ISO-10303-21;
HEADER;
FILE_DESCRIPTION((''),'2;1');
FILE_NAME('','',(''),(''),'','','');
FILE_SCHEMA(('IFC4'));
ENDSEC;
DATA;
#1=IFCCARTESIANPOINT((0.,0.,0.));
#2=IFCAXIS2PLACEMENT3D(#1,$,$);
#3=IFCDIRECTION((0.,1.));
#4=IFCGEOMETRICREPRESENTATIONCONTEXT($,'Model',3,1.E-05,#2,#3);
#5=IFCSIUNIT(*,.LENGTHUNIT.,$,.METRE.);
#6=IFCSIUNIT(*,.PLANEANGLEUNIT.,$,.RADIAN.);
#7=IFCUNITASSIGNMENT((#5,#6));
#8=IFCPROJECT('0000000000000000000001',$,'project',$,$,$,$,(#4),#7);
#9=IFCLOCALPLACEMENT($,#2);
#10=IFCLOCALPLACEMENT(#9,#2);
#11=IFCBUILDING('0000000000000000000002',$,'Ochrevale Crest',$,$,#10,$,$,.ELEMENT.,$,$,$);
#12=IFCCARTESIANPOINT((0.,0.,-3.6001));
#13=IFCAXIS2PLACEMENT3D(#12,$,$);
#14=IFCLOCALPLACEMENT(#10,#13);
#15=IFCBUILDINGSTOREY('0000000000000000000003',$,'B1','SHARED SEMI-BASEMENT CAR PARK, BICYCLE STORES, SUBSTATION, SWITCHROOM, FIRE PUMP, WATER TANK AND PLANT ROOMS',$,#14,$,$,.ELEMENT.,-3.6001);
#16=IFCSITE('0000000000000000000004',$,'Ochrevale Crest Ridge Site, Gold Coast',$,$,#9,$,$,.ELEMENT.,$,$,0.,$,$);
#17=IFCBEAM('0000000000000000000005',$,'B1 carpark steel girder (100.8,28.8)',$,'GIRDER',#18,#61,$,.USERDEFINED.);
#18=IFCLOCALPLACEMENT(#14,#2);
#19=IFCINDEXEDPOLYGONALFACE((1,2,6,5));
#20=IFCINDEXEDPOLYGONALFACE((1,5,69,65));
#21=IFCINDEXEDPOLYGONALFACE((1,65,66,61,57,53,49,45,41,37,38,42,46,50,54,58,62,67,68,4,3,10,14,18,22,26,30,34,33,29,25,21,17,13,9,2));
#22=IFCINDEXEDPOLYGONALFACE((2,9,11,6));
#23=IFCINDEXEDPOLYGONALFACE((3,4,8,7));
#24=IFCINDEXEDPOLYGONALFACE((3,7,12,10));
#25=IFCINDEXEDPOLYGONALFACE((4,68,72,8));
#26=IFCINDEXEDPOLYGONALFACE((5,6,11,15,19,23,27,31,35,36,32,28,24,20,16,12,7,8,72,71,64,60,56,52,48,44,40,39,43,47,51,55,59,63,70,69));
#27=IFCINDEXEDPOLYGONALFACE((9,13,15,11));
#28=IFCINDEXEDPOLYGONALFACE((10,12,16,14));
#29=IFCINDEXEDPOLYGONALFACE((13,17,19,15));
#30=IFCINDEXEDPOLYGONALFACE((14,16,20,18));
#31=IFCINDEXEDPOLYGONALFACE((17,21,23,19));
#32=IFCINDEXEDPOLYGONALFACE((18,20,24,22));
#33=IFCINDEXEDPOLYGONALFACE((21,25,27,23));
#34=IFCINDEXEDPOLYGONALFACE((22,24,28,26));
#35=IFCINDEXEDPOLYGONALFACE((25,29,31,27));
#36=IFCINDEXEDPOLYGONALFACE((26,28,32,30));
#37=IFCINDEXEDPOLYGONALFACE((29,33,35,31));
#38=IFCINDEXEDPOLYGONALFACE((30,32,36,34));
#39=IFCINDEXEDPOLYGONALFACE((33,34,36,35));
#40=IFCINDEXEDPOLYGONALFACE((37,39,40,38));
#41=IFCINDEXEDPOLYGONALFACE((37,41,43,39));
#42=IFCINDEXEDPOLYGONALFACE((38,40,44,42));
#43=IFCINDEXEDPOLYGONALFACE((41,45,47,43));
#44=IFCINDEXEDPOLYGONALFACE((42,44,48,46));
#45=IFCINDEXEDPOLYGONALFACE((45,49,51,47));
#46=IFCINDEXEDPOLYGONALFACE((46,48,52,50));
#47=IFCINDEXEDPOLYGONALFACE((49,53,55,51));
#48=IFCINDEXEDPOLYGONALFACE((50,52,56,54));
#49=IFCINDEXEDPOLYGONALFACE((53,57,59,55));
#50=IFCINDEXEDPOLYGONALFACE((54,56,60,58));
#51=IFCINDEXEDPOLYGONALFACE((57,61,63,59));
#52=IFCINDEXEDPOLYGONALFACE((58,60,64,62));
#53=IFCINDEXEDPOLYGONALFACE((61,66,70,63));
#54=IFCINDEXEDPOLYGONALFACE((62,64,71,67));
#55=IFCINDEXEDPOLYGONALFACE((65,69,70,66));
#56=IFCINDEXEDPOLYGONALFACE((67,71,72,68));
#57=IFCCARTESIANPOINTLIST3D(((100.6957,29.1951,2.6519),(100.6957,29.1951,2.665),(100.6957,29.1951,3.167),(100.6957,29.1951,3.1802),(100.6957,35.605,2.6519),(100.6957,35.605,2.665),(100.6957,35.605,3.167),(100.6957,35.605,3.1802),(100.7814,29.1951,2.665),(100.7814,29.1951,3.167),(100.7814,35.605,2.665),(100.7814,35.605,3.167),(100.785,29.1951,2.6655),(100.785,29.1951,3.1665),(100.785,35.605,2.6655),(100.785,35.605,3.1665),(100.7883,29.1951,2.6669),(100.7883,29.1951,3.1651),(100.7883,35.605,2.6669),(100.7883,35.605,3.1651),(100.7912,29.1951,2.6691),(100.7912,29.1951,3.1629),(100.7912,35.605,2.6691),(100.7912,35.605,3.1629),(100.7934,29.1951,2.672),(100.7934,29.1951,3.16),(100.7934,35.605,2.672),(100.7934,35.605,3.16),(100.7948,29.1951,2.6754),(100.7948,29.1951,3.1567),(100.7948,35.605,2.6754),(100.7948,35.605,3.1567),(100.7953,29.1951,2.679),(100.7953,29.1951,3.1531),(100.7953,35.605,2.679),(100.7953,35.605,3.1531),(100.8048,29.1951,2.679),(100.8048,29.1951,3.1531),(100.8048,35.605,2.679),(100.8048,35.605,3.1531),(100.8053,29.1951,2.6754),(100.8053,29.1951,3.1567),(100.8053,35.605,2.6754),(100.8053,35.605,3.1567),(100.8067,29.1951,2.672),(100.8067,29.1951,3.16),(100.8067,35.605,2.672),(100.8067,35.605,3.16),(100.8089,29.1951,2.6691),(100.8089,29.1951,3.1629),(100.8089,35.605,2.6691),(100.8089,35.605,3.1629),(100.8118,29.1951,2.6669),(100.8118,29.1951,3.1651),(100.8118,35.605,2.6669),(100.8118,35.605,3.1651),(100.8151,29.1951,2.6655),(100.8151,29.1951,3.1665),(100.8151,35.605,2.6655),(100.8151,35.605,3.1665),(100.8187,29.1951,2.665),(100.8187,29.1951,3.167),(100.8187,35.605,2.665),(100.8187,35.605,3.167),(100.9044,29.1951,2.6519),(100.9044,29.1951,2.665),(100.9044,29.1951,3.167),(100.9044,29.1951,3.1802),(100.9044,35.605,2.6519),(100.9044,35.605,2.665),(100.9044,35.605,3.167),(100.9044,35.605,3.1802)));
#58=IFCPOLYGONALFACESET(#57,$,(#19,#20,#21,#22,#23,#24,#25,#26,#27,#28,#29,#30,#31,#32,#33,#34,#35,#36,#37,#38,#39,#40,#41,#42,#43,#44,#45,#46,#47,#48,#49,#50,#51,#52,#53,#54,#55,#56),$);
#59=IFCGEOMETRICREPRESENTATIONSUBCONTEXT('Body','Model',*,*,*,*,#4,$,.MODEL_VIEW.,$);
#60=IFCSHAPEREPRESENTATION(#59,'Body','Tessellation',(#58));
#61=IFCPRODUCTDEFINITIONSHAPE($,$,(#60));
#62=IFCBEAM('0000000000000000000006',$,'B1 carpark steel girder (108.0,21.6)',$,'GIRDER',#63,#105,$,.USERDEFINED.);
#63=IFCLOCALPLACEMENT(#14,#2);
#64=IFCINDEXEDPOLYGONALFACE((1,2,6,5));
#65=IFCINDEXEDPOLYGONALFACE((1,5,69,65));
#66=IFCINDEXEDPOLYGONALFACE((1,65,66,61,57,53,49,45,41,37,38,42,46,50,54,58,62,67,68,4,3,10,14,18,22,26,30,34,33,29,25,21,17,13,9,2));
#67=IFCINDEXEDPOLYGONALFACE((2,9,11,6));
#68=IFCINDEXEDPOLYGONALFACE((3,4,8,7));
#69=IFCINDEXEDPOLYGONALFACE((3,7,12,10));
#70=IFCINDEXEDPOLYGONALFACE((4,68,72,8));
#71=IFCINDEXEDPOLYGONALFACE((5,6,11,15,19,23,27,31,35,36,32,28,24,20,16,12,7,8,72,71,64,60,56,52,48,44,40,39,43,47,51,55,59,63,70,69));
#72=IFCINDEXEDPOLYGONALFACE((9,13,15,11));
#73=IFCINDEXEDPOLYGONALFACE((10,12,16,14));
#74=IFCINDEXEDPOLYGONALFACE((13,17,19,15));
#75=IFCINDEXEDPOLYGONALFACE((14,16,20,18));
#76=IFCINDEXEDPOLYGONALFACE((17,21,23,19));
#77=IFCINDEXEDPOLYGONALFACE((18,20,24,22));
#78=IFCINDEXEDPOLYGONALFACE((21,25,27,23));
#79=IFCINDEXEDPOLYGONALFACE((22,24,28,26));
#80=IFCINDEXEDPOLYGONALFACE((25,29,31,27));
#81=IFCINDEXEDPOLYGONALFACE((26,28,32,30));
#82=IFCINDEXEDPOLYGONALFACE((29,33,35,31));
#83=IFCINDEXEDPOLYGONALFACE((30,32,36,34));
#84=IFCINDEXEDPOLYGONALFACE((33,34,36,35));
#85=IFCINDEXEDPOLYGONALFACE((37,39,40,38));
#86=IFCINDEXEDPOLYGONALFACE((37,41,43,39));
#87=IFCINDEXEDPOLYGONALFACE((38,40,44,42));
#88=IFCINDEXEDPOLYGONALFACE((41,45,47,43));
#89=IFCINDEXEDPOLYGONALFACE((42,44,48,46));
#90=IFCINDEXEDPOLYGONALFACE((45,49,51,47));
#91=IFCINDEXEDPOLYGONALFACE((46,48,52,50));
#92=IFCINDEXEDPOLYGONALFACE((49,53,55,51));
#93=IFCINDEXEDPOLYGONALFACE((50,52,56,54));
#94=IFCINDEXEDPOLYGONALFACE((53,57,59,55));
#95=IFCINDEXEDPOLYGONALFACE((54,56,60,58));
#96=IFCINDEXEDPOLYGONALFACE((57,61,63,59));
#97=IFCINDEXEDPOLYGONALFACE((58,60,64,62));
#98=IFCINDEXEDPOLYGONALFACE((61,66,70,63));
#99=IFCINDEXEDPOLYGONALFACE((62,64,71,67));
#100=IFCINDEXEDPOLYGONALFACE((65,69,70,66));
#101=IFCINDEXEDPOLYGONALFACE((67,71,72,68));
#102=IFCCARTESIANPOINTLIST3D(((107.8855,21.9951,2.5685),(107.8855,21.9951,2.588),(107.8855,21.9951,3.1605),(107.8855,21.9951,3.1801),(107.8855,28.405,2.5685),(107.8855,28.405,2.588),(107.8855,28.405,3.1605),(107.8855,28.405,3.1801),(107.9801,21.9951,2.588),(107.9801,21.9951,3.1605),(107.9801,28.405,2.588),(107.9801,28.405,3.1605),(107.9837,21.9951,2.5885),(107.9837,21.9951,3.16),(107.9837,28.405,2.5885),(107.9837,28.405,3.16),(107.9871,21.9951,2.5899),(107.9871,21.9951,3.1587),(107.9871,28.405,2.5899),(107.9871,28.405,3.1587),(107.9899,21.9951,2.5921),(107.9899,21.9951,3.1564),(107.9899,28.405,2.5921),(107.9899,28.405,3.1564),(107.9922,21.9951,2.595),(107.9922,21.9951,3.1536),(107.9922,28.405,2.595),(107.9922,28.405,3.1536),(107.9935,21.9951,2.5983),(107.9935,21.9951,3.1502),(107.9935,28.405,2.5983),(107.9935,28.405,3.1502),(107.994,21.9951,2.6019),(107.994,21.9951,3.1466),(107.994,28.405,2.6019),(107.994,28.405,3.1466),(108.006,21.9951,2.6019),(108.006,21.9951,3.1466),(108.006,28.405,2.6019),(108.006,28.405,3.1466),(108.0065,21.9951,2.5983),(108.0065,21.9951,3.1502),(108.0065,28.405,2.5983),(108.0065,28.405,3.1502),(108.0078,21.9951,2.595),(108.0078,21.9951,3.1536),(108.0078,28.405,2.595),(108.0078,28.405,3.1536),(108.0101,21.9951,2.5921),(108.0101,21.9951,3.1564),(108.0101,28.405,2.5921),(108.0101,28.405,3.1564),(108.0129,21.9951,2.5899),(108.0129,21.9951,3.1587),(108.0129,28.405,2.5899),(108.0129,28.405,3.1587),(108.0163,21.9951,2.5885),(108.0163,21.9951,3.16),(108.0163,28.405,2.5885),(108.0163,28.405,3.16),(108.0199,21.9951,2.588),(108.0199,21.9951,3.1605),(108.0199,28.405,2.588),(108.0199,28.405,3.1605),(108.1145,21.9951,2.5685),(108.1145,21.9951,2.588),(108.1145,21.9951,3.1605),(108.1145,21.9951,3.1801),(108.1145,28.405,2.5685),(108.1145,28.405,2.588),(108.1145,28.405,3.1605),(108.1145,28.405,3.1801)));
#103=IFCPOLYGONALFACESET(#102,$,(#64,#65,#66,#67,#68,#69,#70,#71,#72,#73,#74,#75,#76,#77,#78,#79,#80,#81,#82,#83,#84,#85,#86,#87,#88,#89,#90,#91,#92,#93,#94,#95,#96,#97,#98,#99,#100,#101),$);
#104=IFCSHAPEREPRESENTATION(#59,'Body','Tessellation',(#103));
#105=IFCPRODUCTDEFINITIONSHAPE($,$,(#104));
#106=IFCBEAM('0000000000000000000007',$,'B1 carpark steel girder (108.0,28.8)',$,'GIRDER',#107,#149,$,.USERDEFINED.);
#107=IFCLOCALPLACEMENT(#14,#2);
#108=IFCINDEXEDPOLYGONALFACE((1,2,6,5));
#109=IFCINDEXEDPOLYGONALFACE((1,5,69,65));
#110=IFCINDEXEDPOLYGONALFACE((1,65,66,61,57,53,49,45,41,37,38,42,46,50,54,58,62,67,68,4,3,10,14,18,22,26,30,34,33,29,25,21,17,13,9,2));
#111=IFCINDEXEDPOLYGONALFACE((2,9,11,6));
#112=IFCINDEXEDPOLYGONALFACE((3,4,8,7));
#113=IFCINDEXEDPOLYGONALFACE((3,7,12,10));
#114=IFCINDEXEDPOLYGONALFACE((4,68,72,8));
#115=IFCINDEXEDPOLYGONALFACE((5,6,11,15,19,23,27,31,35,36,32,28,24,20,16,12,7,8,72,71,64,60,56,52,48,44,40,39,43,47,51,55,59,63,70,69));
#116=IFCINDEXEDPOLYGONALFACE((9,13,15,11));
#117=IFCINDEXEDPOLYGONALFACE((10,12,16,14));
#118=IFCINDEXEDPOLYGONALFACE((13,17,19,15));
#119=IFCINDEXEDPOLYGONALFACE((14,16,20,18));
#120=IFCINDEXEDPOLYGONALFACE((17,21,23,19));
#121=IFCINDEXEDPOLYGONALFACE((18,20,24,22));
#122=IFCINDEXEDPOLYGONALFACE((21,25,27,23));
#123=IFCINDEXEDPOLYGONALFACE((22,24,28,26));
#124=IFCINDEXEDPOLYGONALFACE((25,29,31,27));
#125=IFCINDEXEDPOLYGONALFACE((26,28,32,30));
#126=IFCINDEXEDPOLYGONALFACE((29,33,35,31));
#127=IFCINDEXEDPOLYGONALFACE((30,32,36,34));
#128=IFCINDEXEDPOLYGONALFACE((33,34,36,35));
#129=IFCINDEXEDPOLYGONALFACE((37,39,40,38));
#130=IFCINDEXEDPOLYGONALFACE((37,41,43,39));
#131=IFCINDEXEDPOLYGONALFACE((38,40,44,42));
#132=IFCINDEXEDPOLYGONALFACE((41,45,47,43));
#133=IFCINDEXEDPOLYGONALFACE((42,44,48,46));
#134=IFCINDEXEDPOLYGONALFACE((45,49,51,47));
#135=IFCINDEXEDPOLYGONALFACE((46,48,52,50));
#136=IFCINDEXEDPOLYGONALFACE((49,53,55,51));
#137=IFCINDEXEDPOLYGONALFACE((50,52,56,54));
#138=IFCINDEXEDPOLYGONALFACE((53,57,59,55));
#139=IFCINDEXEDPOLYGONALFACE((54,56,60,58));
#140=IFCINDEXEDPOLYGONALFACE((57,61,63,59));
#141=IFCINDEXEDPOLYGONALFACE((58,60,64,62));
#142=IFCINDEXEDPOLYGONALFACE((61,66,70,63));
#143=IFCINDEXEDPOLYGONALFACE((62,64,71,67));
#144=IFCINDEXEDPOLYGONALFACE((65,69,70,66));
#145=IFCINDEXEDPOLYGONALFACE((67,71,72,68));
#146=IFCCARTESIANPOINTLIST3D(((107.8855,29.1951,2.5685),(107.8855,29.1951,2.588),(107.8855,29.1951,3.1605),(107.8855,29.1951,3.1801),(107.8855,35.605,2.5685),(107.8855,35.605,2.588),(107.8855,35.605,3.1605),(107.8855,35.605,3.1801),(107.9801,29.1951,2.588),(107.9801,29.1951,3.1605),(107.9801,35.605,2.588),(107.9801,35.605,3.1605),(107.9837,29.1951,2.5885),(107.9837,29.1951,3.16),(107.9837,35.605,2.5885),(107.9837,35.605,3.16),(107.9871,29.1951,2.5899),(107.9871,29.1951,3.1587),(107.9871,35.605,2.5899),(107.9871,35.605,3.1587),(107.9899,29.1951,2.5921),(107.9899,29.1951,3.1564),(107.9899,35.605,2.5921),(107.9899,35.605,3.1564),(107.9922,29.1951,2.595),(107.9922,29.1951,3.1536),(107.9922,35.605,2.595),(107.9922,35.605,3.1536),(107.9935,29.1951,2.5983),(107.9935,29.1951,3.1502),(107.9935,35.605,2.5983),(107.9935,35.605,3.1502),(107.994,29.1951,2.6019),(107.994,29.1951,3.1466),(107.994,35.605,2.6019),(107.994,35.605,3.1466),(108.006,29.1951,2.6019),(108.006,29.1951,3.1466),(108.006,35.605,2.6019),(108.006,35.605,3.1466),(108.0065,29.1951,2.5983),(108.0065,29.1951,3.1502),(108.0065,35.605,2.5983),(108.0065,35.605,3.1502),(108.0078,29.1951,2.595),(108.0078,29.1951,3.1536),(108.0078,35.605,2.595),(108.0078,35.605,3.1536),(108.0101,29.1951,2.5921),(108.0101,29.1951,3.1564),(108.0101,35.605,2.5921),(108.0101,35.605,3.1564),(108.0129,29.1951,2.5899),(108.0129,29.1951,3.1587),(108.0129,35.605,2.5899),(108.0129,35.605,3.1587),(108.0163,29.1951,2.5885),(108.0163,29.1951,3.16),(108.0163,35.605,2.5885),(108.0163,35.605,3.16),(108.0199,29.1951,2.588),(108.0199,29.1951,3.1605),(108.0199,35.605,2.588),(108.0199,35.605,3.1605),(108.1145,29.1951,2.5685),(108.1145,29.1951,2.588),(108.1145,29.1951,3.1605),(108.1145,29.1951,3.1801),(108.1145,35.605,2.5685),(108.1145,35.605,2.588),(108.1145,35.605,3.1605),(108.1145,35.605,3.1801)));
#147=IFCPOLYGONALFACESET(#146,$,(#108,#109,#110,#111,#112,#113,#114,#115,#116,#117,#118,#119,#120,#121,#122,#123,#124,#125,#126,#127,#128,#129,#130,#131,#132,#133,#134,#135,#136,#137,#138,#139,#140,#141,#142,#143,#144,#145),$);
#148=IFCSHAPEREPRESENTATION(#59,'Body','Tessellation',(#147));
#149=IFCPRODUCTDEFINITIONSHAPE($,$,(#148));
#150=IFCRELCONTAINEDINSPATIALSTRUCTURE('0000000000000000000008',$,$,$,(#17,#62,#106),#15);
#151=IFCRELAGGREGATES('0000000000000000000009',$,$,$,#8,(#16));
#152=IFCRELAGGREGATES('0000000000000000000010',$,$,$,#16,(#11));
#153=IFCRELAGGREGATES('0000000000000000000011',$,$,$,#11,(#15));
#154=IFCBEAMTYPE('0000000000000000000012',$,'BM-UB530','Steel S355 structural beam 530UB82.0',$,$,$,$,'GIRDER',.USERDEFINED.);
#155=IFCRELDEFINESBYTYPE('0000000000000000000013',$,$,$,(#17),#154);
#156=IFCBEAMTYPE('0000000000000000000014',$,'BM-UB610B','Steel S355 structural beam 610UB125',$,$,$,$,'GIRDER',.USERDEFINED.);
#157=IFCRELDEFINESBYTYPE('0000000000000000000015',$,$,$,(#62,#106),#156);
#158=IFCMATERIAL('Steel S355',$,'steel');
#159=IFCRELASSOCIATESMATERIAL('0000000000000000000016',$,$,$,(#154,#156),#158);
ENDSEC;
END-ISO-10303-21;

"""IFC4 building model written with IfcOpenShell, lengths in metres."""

from ifc_helpers import new_model, si_unit, direction, frame, origin, origin_2d, place, context, subcontext, project, spatial, i_section, extrude, material, material_profile, profile_set, type_object, element, save


model = new_model("IFC4")

# Units and contexts
model_context = context("Model", 3, precision=1e-05, world=origin(), true_north=direction((0.0, 1.0)))
body_context = subcontext(model_context, "Body", "Model", "MODEL_VIEW")
ifc_project = project(units=[si_unit("LENGTHUNIT", "METRE"), si_unit("PLANEANGLEUNIT", "RADIAN")], contexts=[model_context])

# Site, building, storey
site_placement = place(None, origin())
site = spatial("IfcSite", under=ifc_project, at=site_placement, Name="Ochrevale Crest Ridge Site, Gold Coast", CompositionType="ELEMENT", RefElevation=0.0)
building_placement = place(site_placement, origin())
building = spatial("IfcBuilding", under=site, at=building_placement, Name="Ochrevale Crest", CompositionType="ELEMENT")
storey_placement = place(building_placement, frame((0.0, 0.0, -3.6001)))
storey = spatial("IfcBuildingStorey", under=building, at=storey_placement, Name="B1", Description="SHARED SEMI-BASEMENT CAR PARK, BICYCLE STORES, SUBSTATION, SWITCHROOM, FIRE PUMP, WATER TANK AND PLANT ROOMS", CompositionType="ELEMENT", Elevation=-3.6001)

# Beams
ifc_material_1 = material(Name="Steel S355", Category="steel")
ifc_material_profile_1 = material_profile(ifc_material_1, i_section(OverallWidth=0.2087, OverallDepth=0.5283, WebThickness=0.0095, FlangeThickness=0.0132, FilletRadius=0.0139, at=origin_2d()), Name="530UB82.0")
ifc_profile_set_1 = profile_set([ifc_material_profile_1], Name="Steel S355")
beam_type_1 = type_object("IfcBeamType", Name="BM-UB530", Description="Steel S355 structural beam 530UB82.0", ElementType="GIRDER", PredefinedType="USERDEFINED", material=ifc_profile_set_1)
for number, where, z_axis, x_axis, name in (
    (1, (100.8, 29.1951, 2.916), (0.0, 1.0, 0.0), (-1.0, 0.0, 0.0), "B1 carpark steel girder (100.8,28.8)"),
):
    element("IfcBeam", number, at=place(storey_placement, frame(where, z_axis=z_axis, x_axis=x_axis)), inside=storey, type_object=beam_type_1, Name=name, ObjectType="GIRDER", PredefinedType="USERDEFINED", context=body_context, shape_type="SweptSolid", body=[
        extrude(i_section(OverallWidth=0.2087, OverallDepth=0.5283, WebThickness=0.0095, FlangeThickness=0.0132, FilletRadius=0.0139, at=origin_2d()), origin(), (0.0, 0.0, 1.0), 6.4099),
    ])
ifc_material_profile_2 = material_profile(ifc_material_1, i_section(OverallWidth=0.229, OverallDepth=0.6116, WebThickness=0.012, FlangeThickness=0.0195, FilletRadius=0.0139, at=origin_2d()), Name="610UB125")
ifc_profile_set_2 = profile_set([ifc_material_profile_2], Name="Steel S355")
beam_type_2 = type_object("IfcBeamType", Name="BM-UB610B", Description="Steel S355 structural beam 610UB125", ElementType="GIRDER", PredefinedType="USERDEFINED", material=ifc_profile_set_2)
for number, where, z_axis, x_axis, name in (
    (2, (108.0, 21.9951, 2.8743), (0.0, 1.0, 0.0), (-1.0, 0.0, 0.0), "B1 carpark steel girder (108.0,21.6)"),
    (3, (108.0, 29.1951, 2.8743), (0.0, 1.0, 0.0), (-1.0, 0.0, 0.0), "B1 carpark steel girder (108.0,28.8)"),
):
    element("IfcBeam", number, at=place(storey_placement, frame(where, z_axis=z_axis, x_axis=x_axis)), inside=storey, type_object=beam_type_2, Name=name, ObjectType="GIRDER", PredefinedType="USERDEFINED", context=body_context, shape_type="SweptSolid", body=[
        extrude(i_section(OverallWidth=0.229, OverallDepth=0.6116, WebThickness=0.012, FlangeThickness=0.0195, FilletRadius=0.0139, at=origin_2d()), origin(), (0.0, 0.0, 1.0), 6.4099),
    ])

save(model, "model.ifc")
